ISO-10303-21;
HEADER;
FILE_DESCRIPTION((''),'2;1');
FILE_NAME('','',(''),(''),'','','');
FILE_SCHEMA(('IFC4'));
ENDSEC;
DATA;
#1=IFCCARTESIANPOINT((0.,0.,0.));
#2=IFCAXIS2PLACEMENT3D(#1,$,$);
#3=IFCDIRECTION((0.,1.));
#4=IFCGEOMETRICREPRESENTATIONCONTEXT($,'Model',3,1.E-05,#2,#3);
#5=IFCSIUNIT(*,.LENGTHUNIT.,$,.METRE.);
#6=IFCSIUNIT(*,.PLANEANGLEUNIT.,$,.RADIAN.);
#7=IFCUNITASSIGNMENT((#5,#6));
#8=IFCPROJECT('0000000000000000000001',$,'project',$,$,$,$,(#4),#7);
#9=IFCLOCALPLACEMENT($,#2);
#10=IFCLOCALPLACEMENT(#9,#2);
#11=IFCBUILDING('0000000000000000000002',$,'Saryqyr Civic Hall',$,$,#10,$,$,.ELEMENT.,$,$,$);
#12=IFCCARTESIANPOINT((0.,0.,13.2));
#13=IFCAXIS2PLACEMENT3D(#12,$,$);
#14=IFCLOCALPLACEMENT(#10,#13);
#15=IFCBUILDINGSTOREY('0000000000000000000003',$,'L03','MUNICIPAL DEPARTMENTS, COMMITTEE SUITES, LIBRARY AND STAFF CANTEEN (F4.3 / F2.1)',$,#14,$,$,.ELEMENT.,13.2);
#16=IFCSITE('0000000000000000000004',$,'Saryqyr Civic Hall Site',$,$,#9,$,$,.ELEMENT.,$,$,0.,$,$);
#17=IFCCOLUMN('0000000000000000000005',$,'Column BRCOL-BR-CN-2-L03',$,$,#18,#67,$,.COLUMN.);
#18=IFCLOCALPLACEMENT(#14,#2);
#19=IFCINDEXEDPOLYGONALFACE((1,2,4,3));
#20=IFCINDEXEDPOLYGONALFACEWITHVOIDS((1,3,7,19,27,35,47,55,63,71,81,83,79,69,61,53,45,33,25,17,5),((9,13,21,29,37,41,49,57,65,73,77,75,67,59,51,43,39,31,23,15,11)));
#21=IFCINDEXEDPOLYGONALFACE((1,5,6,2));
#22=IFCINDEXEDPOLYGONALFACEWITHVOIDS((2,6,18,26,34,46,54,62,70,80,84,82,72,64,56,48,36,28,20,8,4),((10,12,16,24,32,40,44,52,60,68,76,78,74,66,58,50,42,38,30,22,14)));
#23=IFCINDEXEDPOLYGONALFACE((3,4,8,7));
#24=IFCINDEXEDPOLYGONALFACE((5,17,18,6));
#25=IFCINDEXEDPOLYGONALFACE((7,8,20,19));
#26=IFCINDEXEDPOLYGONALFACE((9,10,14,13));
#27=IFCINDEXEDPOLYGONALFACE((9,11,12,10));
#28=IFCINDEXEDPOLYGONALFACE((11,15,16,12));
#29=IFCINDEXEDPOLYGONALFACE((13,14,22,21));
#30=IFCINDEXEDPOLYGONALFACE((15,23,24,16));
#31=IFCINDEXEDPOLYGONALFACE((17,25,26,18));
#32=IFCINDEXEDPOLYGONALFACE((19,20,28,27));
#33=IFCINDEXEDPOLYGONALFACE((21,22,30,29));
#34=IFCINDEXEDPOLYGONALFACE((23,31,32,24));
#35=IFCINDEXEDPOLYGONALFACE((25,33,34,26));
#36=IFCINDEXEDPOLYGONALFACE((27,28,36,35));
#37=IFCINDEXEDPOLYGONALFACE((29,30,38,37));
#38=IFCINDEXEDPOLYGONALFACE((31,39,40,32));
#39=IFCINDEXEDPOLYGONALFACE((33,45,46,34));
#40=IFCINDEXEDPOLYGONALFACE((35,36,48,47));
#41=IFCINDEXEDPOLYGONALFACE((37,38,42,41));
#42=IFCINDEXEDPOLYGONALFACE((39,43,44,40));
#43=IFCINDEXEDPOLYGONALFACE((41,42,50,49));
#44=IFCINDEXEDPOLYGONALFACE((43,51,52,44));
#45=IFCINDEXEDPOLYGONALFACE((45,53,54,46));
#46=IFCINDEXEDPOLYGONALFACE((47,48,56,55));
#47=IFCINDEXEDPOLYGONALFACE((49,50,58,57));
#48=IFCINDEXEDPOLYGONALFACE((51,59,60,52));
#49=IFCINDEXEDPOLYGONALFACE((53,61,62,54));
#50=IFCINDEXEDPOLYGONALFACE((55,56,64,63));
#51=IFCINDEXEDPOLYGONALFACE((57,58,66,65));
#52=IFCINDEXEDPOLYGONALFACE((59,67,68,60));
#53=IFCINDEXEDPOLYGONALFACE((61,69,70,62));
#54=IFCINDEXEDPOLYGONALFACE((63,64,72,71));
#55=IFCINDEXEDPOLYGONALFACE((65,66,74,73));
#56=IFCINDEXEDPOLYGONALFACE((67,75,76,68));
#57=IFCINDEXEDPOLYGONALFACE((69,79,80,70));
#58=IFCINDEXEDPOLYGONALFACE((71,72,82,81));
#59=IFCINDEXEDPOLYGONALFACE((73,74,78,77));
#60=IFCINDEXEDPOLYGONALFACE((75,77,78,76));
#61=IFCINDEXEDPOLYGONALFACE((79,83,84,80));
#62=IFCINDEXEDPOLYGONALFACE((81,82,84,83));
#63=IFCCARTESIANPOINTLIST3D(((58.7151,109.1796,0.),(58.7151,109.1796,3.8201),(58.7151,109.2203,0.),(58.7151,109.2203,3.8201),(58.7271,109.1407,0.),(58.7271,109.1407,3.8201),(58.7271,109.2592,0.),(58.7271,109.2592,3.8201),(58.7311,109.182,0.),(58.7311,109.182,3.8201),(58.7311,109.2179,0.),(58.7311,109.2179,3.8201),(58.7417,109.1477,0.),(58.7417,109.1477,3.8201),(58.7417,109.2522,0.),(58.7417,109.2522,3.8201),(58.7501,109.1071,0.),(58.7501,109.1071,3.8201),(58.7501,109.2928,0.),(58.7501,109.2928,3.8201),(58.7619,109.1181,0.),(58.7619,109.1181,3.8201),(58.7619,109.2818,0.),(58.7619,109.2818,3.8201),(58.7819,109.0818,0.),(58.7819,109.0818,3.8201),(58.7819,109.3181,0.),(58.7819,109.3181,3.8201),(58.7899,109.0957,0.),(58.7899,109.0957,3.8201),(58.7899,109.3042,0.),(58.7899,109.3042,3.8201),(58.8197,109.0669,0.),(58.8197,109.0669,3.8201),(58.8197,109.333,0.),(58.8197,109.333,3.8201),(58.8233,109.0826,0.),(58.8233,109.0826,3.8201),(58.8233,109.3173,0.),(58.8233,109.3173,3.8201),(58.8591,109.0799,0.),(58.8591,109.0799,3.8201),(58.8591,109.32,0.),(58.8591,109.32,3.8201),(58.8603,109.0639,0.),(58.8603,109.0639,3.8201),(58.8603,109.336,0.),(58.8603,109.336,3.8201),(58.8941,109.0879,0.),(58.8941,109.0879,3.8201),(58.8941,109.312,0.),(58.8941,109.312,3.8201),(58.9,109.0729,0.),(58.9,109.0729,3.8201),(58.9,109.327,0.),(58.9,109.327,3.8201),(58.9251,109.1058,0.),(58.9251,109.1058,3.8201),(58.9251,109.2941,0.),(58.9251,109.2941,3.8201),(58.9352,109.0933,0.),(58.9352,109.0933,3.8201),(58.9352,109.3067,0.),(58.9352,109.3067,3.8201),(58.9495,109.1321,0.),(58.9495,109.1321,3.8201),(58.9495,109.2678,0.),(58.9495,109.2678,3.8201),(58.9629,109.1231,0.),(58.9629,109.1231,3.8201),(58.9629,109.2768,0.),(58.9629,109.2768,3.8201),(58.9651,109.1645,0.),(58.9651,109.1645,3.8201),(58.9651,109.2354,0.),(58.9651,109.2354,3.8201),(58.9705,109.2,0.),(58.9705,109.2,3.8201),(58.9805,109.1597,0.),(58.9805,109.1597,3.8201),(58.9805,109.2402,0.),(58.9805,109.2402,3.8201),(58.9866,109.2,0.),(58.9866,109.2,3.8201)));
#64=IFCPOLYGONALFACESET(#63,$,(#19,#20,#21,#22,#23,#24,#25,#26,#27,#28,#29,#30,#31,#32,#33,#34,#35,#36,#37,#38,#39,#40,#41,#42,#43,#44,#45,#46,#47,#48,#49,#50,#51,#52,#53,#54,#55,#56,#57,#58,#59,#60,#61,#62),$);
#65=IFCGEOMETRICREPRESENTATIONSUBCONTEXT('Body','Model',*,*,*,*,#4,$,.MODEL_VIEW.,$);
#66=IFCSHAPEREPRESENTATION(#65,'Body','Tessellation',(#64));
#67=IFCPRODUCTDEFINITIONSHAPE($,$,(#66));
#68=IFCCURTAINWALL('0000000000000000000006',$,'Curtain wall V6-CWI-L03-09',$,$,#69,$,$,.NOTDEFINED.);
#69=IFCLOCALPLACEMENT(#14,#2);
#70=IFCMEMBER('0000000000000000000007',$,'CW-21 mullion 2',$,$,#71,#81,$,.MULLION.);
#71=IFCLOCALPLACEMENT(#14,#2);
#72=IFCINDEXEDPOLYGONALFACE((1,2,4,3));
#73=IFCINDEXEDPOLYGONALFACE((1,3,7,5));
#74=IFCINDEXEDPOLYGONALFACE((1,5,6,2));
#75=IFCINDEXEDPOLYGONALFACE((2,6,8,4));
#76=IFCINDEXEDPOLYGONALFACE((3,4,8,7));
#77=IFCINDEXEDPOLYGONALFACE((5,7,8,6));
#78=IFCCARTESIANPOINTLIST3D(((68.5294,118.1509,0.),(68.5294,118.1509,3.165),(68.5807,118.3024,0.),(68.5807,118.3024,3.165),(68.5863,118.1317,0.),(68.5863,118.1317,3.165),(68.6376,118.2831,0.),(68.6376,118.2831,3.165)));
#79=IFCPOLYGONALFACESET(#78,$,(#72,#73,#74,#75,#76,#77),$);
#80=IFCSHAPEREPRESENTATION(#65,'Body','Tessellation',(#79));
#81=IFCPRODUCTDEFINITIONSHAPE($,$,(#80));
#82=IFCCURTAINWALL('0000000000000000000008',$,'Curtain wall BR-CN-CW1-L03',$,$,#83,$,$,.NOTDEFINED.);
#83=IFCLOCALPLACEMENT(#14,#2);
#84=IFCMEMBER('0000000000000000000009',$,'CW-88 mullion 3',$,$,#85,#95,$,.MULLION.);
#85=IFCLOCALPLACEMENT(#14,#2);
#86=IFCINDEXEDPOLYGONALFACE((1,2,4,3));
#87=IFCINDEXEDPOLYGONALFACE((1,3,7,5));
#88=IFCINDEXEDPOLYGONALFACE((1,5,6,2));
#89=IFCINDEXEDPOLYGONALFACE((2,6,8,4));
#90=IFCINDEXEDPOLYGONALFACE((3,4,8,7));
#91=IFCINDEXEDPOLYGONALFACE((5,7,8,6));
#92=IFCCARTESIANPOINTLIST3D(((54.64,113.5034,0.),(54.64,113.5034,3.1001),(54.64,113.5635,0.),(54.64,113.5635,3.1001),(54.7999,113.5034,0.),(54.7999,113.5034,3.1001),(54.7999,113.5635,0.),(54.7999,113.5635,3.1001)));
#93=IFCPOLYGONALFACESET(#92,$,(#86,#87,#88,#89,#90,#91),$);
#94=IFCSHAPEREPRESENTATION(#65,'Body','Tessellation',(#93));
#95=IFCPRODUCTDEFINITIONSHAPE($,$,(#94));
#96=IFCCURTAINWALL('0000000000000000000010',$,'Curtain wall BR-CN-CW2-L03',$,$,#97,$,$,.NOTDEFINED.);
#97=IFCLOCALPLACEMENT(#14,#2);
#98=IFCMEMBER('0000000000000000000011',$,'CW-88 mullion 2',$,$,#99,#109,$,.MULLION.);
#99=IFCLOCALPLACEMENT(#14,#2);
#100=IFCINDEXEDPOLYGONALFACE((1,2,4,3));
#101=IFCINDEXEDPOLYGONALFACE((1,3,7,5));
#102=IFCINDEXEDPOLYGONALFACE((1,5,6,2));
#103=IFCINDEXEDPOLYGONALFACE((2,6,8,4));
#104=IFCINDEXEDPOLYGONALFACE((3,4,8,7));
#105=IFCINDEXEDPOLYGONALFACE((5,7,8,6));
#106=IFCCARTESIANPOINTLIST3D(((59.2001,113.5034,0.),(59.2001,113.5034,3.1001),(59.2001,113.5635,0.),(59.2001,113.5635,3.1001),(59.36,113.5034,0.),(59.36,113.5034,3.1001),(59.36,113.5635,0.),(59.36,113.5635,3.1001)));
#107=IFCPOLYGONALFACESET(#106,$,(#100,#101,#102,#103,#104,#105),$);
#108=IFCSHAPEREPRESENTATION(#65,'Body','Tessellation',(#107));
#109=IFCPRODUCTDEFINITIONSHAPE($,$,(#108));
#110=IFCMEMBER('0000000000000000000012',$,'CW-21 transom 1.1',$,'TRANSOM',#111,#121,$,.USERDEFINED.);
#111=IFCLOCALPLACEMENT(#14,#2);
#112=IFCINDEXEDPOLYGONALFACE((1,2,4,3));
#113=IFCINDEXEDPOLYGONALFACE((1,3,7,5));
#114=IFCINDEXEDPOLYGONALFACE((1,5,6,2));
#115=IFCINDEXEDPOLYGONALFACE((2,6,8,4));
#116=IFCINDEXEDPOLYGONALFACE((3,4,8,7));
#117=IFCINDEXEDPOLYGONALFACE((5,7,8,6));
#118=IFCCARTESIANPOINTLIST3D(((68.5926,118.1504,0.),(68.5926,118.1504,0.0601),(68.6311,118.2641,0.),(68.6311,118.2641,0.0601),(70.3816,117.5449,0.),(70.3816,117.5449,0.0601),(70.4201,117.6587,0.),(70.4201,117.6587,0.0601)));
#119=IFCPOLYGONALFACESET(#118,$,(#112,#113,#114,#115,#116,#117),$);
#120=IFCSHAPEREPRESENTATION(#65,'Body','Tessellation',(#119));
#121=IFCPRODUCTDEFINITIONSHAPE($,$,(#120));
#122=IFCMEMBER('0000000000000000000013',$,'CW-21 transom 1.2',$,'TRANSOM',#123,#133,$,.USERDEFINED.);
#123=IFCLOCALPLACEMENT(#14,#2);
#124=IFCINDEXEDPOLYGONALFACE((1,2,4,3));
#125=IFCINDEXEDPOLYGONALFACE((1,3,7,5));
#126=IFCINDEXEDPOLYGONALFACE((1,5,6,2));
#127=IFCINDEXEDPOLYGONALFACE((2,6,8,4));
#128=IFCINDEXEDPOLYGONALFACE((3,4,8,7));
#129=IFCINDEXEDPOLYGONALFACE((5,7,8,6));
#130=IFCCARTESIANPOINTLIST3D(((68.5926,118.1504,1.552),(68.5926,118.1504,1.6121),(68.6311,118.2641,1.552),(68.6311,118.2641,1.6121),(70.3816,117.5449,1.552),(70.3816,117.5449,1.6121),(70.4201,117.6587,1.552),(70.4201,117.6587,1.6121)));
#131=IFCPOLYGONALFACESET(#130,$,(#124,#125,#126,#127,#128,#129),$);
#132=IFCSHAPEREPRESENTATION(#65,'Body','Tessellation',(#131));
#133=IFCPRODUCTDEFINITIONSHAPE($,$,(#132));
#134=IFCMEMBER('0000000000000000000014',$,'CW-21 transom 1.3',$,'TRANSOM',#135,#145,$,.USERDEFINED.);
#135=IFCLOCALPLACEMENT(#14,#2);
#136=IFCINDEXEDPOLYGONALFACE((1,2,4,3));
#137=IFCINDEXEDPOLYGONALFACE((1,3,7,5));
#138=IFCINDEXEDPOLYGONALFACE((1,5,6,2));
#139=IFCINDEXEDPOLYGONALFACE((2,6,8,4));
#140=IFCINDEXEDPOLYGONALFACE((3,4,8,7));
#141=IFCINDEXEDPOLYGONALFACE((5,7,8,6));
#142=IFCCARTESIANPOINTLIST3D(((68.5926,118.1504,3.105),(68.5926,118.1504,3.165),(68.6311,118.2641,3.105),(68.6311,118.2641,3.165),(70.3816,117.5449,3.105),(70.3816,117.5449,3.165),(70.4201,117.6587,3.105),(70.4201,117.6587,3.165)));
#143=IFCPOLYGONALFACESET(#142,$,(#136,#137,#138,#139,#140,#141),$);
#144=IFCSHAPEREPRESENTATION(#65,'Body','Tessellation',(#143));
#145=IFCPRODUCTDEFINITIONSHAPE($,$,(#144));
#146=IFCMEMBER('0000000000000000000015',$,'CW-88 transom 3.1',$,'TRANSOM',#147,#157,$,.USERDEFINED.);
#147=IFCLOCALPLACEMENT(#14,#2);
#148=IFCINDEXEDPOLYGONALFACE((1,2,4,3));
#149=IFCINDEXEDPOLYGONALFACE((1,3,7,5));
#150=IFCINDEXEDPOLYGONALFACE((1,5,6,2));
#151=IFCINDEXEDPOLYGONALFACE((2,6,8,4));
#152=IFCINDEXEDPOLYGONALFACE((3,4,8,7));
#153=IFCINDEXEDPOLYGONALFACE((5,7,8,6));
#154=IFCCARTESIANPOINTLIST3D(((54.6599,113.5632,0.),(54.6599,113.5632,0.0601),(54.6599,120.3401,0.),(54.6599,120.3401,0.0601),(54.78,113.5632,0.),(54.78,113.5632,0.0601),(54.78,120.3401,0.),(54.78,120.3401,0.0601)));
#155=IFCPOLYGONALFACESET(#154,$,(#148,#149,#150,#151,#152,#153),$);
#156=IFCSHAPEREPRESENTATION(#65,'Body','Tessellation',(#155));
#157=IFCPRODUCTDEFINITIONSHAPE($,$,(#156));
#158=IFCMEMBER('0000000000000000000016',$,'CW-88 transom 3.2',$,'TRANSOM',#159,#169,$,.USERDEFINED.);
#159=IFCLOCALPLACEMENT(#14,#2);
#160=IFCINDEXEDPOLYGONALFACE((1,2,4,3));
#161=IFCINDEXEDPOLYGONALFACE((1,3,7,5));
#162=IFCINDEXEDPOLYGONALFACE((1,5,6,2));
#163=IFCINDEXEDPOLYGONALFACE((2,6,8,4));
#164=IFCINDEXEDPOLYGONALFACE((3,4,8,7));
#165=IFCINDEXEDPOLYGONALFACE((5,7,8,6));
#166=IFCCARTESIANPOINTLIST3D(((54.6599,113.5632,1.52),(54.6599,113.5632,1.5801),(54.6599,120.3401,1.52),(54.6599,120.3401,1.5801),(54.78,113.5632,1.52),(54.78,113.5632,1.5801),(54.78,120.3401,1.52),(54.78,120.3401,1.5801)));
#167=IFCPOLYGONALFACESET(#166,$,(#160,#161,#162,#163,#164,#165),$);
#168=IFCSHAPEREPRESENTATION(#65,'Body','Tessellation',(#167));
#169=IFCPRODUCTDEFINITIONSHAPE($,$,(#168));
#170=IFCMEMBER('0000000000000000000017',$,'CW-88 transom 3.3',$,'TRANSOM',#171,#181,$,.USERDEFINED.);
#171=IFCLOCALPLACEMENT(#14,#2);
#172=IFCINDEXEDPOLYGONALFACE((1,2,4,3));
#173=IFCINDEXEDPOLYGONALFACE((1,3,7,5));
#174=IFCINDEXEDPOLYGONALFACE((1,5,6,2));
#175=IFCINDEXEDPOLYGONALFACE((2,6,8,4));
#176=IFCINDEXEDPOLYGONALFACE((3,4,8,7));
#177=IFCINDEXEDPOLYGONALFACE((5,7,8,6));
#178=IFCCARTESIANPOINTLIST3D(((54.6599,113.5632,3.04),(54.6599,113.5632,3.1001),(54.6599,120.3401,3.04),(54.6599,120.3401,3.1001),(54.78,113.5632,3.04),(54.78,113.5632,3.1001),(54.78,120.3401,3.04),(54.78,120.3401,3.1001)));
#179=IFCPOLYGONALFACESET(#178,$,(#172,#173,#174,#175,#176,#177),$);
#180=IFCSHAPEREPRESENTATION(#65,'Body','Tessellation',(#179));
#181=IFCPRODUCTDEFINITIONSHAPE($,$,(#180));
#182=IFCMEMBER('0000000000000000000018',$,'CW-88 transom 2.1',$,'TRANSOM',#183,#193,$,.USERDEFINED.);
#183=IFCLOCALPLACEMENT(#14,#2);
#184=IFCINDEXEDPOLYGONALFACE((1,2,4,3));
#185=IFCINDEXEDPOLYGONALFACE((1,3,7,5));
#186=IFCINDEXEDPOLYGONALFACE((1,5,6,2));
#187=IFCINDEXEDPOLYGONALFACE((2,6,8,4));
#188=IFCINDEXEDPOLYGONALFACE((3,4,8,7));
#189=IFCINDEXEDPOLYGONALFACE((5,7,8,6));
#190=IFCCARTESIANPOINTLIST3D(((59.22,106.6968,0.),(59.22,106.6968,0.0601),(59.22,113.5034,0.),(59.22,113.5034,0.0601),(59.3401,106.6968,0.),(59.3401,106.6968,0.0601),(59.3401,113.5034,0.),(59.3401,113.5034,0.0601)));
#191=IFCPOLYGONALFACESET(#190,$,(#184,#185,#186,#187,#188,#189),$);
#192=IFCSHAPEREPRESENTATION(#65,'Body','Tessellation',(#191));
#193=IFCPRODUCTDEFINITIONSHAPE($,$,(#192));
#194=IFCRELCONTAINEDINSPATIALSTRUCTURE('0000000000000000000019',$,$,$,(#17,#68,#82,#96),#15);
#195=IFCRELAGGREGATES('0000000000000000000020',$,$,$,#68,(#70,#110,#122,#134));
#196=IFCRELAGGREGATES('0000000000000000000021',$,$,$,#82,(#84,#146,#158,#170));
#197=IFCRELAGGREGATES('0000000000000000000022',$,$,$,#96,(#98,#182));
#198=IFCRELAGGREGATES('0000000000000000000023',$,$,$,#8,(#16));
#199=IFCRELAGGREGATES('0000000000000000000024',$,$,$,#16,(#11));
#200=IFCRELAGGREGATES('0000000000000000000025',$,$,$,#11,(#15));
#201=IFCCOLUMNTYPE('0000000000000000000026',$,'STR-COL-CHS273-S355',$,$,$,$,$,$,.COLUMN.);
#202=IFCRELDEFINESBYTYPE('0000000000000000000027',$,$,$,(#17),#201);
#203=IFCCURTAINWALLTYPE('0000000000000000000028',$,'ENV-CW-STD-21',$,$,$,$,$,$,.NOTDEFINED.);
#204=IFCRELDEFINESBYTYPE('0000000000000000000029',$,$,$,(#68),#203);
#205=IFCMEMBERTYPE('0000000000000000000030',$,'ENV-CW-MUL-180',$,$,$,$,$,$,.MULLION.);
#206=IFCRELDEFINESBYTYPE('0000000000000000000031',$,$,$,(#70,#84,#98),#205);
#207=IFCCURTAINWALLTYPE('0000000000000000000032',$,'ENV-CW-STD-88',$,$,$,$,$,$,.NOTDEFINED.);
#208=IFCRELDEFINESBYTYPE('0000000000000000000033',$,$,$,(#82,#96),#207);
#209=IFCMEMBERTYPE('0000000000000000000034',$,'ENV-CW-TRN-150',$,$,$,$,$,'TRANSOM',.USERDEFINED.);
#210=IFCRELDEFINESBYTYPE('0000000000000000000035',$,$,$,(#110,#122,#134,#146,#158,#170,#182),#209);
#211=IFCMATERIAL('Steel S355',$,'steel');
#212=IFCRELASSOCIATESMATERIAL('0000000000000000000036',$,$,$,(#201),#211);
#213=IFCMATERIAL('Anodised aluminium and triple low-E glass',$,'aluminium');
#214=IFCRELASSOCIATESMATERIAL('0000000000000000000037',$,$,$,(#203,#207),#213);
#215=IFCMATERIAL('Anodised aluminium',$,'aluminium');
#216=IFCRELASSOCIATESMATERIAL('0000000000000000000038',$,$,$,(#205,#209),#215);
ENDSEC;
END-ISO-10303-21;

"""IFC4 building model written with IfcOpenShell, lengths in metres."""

from ifc_helpers import new_model, si_unit, direction, frame, origin, origin_2d, place, context, subcontext, project, spatial, rectangle, hollow_circle, extrude, material, material_profile, profile_set, type_object, element, aggregate, save


model = new_model("IFC4")

# Units and contexts
model_context = context("Model", 3, precision=1e-05, world=origin(), true_north=direction((0.0, 1.0)))
body_context = subcontext(model_context, "Body", "Model", "MODEL_VIEW")
ifc_project = project(units=[si_unit("LENGTHUNIT", "METRE"), si_unit("PLANEANGLEUNIT", "RADIAN")], contexts=[model_context])

# Site, building, storey
site_placement = place(None, origin())
site = spatial("IfcSite", under=ifc_project, at=site_placement, Name="Saryqyr Civic Hall Site", CompositionType="ELEMENT", RefElevation=0.0)
building_placement = place(site_placement, origin())
building = spatial("IfcBuilding", under=site, at=building_placement, Name="Saryqyr Civic Hall", CompositionType="ELEMENT")
storey_placement = place(building_placement, frame((0.0, 0.0, 13.2)))
storey = spatial("IfcBuildingStorey", under=building, at=storey_placement, Name="L03", Description="MUNICIPAL DEPARTMENTS, COMMITTEE SUITES, LIBRARY AND STAFF CANTEEN (F4.3 / F2.1)", CompositionType="ELEMENT", Elevation=13.2)

# Column
ifc_material_1 = material(Name="Steel S355", Category="steel")
ifc_material_profile_1 = material_profile(ifc_material_1, hollow_circle(Radius=0.1365, WallThickness=0.0161, at=origin_2d()), Name="CHS 273x16")
ifc_profile_set_1 = profile_set([ifc_material_profile_1], Name="Steel S355")
column_type = type_object("IfcColumnType", Name="STR-COL-CHS273-S355", PredefinedType="COLUMN", material=ifc_profile_set_1)
column_placement = place(storey_placement, frame((58.8501, 109.2, 0.0), z_axis=(0.0, 0.0, 1.0), x_axis=(1.0, 0.0, 0.0)))
element("IfcColumn", 1, at=column_placement, inside=storey, type_object=column_type, Name="Column BRCOL-BR-CN-2-L03", PredefinedType="COLUMN", context=body_context, shape_type="SweptSolid", body=[
    extrude(hollow_circle(Radius=0.1365, WallThickness=0.0161, at=origin_2d()), origin(), (0.0, 0.0, 1.0), 3.8201),
])

# Curtain walls, members
ifc_material_2 = material(Name="Anodised aluminium and triple low-E glass", Category="aluminium")
curtain_wall_type_1 = type_object("IfcCurtainWallType", Name="ENV-CW-STD-21", PredefinedType="NOTDEFINED", material=ifc_material_2)
curtain_wall_1_placement = place(storey_placement, origin())
curtain_wall_1 = element("IfcCurtainWall", 2, at=curtain_wall_1_placement, inside=storey, type_object=curtain_wall_type_1, Name="Curtain wall V6-CWI-L03-09", PredefinedType="NOTDEFINED")
ifc_material_3 = material(Name="Anodised aluminium", Category="aluminium")
ifc_material_profile_2 = material_profile(ifc_material_3, rectangle(XDim=0.0601, YDim=0.1599, at=origin_2d()), Name="ALU MULLION 60x160")
ifc_profile_set_2 = profile_set([ifc_material_profile_2], Name="Anodised aluminium")
member_type_1 = type_object("IfcMemberType", Name="ENV-CW-MUL-180", PredefinedType="MULLION", material=ifc_profile_set_2)
member_1_placement = place(storey_placement, frame((68.5835, 118.217, 0.0), z_axis=(0.0, 0.0, 1.0), x_axis=(-0.947202, 0.320636, 0.0)))
member_1 = element("IfcMember", 3, at=member_1_placement, type_object=member_type_1, Name="CW-21 mullion 2", PredefinedType="MULLION", context=body_context, shape_type="SweptSolid", body=[
    extrude(rectangle(XDim=0.0601, YDim=0.1599, at=origin_2d()), origin(), (0.0, 0.0, 1.0), 3.165),
])
curtain_wall_type_2 = type_object("IfcCurtainWallType", Name="ENV-CW-STD-88", PredefinedType="NOTDEFINED", material=ifc_material_2)
curtain_wall_2_placement = place(storey_placement, origin())
curtain_wall_2 = element("IfcCurtainWall", 4, at=curtain_wall_2_placement, inside=storey, type_object=curtain_wall_type_2, Name="Curtain wall BR-CN-CW1-L03", PredefinedType="NOTDEFINED")
member_2_placement = place(storey_placement, frame((54.72, 113.5334, 0.0), z_axis=(0.0, 0.0, 1.0), x_axis=(0.0, 1.0, 0.0)))
member_2 = element("IfcMember", 5, at=member_2_placement, type_object=member_type_1, Name="CW-88 mullion 3", PredefinedType="MULLION", context=body_context, shape_type="SweptSolid", body=[
    extrude(rectangle(XDim=0.0601, YDim=0.1599, at=origin_2d()), origin(), (0.0, 0.0, 1.0), 3.1001),
])
curtain_wall_3_placement = place(storey_placement, origin())
curtain_wall_3 = element("IfcCurtainWall", 6, at=curtain_wall_3_placement, inside=storey, type_object=curtain_wall_type_2, Name="Curtain wall BR-CN-CW2-L03", PredefinedType="NOTDEFINED")
member_3_placement = place(storey_placement, frame((59.28, 113.5334, 0.0), z_axis=(0.0, 0.0, 1.0), x_axis=(0.0, -1.0, 0.0)))
member_3 = element("IfcMember", 7, at=member_3_placement, type_object=member_type_1, Name="CW-88 mullion 2", PredefinedType="MULLION", context=body_context, shape_type="SweptSolid", body=[
    extrude(rectangle(XDim=0.0601, YDim=0.1599, at=origin_2d()), origin(), (0.0, 0.0, 1.0), 3.1001),
])

# Members
ifc_material_profile_3 = material_profile(ifc_material_3, rectangle(XDim=0.1201, YDim=0.0601, at=origin_2d()), Name="ALU TRANSOM 120x60")
ifc_profile_set_3 = profile_set([ifc_material_profile_3], Name="Anodised aluminium")
member_type_2 = type_object("IfcMemberType", Name="ENV-CW-TRN-150", ElementType="TRANSOM", PredefinedType="USERDEFINED", material=ifc_profile_set_3)
member_4_placement = place(storey_placement, frame((70.4009, 117.6018, 0.03), z_axis=(-0.947226, 0.320568, 0.0), x_axis=(-0.320568, -0.947226, 0.0)))
member_4 = element("IfcMember", 8, at=member_4_placement, type_object=member_type_2, Name="CW-21 transom 1.1", ObjectType="TRANSOM", PredefinedType="USERDEFINED", context=body_context, shape_type="SweptSolid", body=[
    extrude(rectangle(XDim=0.1201, YDim=0.0601, at=origin_2d()), origin(), (0.0, 0.0, 1.0), 1.8887),
])
member_5_placement = place(storey_placement, frame((70.4009, 117.6018, 1.582), z_axis=(-0.947226, 0.320568, 0.0), x_axis=(-0.320568, -0.947226, 0.0)))
member_5 = element("IfcMember", 9, at=member_5_placement, type_object=member_type_2, Name="CW-21 transom 1.2", ObjectType="TRANSOM", PredefinedType="USERDEFINED", context=body_context, shape_type="SweptSolid", body=[
    extrude(rectangle(XDim=0.1201, YDim=0.0601, at=origin_2d()), origin(), (0.0, 0.0, 1.0), 1.8887),
])
member_6_placement = place(storey_placement, frame((70.4009, 117.6018, 3.135), z_axis=(-0.947226, 0.320568, 0.0), x_axis=(-0.320568, -0.947226, 0.0)))
member_6 = element("IfcMember", 10, at=member_6_placement, type_object=member_type_2, Name="CW-21 transom 1.3", ObjectType="TRANSOM", PredefinedType="USERDEFINED", context=body_context, shape_type="SweptSolid", body=[
    extrude(rectangle(XDim=0.1201, YDim=0.0601, at=origin_2d()), origin(), (0.0, 0.0, 1.0), 1.8887),
])
member_7_placement = place(storey_placement, frame((54.72, 113.5632, 0.03), z_axis=(0.0, 1.0, 0.0), x_axis=(-1.0, 0.0, 0.0)))
member_7 = element("IfcMember", 11, at=member_7_placement, type_object=member_type_2, Name="CW-88 transom 3.1", ObjectType="TRANSOM", PredefinedType="USERDEFINED", context=body_context, shape_type="SweptSolid", body=[
    extrude(rectangle(XDim=0.1201, YDim=0.0601, at=origin_2d()), origin(), (0.0, 0.0, 1.0), 6.7769),
])
member_8_placement = place(storey_placement, frame((54.72, 113.5632, 1.55), z_axis=(0.0, 1.0, 0.0), x_axis=(-1.0, 0.0, 0.0)))
member_8 = element("IfcMember", 12, at=member_8_placement, type_object=member_type_2, Name="CW-88 transom 3.2", ObjectType="TRANSOM", PredefinedType="USERDEFINED", context=body_context, shape_type="SweptSolid", body=[
    extrude(rectangle(XDim=0.1201, YDim=0.0601, at=origin_2d()), origin(), (0.0, 0.0, 1.0), 6.7769),
])
member_9_placement = place(storey_placement, frame((54.72, 113.5632, 3.0701), z_axis=(0.0, 1.0, 0.0), x_axis=(-1.0, 0.0, 0.0)))
member_9 = element("IfcMember", 13, at=member_9_placement, type_object=member_type_2, Name="CW-88 transom 3.3", ObjectType="TRANSOM", PredefinedType="USERDEFINED", context=body_context, shape_type="SweptSolid", body=[
    extrude(rectangle(XDim=0.1201, YDim=0.0601, at=origin_2d()), origin(), (0.0, 0.0, 1.0), 6.7769),
])
member_10_placement = place(storey_placement, frame((59.28, 113.5034, 0.03), z_axis=(0.0, -1.0, 0.0), x_axis=(1.0, 0.0, 0.0)))
member_10 = element("IfcMember", 14, at=member_10_placement, type_object=member_type_2, Name="CW-88 transom 2.1", ObjectType="TRANSOM", PredefinedType="USERDEFINED", context=body_context, shape_type="SweptSolid", body=[
    extrude(rectangle(XDim=0.1201, YDim=0.0601, at=origin_2d()), origin(), (0.0, 0.0, 1.0), 6.8066),
])

aggregate(curtain_wall_1, [member_1, member_4, member_5, member_6])
aggregate(curtain_wall_2, [member_2, member_7, member_8, member_9])
aggregate(curtain_wall_3, [member_3, member_10])

save(model, "model.ifc")
